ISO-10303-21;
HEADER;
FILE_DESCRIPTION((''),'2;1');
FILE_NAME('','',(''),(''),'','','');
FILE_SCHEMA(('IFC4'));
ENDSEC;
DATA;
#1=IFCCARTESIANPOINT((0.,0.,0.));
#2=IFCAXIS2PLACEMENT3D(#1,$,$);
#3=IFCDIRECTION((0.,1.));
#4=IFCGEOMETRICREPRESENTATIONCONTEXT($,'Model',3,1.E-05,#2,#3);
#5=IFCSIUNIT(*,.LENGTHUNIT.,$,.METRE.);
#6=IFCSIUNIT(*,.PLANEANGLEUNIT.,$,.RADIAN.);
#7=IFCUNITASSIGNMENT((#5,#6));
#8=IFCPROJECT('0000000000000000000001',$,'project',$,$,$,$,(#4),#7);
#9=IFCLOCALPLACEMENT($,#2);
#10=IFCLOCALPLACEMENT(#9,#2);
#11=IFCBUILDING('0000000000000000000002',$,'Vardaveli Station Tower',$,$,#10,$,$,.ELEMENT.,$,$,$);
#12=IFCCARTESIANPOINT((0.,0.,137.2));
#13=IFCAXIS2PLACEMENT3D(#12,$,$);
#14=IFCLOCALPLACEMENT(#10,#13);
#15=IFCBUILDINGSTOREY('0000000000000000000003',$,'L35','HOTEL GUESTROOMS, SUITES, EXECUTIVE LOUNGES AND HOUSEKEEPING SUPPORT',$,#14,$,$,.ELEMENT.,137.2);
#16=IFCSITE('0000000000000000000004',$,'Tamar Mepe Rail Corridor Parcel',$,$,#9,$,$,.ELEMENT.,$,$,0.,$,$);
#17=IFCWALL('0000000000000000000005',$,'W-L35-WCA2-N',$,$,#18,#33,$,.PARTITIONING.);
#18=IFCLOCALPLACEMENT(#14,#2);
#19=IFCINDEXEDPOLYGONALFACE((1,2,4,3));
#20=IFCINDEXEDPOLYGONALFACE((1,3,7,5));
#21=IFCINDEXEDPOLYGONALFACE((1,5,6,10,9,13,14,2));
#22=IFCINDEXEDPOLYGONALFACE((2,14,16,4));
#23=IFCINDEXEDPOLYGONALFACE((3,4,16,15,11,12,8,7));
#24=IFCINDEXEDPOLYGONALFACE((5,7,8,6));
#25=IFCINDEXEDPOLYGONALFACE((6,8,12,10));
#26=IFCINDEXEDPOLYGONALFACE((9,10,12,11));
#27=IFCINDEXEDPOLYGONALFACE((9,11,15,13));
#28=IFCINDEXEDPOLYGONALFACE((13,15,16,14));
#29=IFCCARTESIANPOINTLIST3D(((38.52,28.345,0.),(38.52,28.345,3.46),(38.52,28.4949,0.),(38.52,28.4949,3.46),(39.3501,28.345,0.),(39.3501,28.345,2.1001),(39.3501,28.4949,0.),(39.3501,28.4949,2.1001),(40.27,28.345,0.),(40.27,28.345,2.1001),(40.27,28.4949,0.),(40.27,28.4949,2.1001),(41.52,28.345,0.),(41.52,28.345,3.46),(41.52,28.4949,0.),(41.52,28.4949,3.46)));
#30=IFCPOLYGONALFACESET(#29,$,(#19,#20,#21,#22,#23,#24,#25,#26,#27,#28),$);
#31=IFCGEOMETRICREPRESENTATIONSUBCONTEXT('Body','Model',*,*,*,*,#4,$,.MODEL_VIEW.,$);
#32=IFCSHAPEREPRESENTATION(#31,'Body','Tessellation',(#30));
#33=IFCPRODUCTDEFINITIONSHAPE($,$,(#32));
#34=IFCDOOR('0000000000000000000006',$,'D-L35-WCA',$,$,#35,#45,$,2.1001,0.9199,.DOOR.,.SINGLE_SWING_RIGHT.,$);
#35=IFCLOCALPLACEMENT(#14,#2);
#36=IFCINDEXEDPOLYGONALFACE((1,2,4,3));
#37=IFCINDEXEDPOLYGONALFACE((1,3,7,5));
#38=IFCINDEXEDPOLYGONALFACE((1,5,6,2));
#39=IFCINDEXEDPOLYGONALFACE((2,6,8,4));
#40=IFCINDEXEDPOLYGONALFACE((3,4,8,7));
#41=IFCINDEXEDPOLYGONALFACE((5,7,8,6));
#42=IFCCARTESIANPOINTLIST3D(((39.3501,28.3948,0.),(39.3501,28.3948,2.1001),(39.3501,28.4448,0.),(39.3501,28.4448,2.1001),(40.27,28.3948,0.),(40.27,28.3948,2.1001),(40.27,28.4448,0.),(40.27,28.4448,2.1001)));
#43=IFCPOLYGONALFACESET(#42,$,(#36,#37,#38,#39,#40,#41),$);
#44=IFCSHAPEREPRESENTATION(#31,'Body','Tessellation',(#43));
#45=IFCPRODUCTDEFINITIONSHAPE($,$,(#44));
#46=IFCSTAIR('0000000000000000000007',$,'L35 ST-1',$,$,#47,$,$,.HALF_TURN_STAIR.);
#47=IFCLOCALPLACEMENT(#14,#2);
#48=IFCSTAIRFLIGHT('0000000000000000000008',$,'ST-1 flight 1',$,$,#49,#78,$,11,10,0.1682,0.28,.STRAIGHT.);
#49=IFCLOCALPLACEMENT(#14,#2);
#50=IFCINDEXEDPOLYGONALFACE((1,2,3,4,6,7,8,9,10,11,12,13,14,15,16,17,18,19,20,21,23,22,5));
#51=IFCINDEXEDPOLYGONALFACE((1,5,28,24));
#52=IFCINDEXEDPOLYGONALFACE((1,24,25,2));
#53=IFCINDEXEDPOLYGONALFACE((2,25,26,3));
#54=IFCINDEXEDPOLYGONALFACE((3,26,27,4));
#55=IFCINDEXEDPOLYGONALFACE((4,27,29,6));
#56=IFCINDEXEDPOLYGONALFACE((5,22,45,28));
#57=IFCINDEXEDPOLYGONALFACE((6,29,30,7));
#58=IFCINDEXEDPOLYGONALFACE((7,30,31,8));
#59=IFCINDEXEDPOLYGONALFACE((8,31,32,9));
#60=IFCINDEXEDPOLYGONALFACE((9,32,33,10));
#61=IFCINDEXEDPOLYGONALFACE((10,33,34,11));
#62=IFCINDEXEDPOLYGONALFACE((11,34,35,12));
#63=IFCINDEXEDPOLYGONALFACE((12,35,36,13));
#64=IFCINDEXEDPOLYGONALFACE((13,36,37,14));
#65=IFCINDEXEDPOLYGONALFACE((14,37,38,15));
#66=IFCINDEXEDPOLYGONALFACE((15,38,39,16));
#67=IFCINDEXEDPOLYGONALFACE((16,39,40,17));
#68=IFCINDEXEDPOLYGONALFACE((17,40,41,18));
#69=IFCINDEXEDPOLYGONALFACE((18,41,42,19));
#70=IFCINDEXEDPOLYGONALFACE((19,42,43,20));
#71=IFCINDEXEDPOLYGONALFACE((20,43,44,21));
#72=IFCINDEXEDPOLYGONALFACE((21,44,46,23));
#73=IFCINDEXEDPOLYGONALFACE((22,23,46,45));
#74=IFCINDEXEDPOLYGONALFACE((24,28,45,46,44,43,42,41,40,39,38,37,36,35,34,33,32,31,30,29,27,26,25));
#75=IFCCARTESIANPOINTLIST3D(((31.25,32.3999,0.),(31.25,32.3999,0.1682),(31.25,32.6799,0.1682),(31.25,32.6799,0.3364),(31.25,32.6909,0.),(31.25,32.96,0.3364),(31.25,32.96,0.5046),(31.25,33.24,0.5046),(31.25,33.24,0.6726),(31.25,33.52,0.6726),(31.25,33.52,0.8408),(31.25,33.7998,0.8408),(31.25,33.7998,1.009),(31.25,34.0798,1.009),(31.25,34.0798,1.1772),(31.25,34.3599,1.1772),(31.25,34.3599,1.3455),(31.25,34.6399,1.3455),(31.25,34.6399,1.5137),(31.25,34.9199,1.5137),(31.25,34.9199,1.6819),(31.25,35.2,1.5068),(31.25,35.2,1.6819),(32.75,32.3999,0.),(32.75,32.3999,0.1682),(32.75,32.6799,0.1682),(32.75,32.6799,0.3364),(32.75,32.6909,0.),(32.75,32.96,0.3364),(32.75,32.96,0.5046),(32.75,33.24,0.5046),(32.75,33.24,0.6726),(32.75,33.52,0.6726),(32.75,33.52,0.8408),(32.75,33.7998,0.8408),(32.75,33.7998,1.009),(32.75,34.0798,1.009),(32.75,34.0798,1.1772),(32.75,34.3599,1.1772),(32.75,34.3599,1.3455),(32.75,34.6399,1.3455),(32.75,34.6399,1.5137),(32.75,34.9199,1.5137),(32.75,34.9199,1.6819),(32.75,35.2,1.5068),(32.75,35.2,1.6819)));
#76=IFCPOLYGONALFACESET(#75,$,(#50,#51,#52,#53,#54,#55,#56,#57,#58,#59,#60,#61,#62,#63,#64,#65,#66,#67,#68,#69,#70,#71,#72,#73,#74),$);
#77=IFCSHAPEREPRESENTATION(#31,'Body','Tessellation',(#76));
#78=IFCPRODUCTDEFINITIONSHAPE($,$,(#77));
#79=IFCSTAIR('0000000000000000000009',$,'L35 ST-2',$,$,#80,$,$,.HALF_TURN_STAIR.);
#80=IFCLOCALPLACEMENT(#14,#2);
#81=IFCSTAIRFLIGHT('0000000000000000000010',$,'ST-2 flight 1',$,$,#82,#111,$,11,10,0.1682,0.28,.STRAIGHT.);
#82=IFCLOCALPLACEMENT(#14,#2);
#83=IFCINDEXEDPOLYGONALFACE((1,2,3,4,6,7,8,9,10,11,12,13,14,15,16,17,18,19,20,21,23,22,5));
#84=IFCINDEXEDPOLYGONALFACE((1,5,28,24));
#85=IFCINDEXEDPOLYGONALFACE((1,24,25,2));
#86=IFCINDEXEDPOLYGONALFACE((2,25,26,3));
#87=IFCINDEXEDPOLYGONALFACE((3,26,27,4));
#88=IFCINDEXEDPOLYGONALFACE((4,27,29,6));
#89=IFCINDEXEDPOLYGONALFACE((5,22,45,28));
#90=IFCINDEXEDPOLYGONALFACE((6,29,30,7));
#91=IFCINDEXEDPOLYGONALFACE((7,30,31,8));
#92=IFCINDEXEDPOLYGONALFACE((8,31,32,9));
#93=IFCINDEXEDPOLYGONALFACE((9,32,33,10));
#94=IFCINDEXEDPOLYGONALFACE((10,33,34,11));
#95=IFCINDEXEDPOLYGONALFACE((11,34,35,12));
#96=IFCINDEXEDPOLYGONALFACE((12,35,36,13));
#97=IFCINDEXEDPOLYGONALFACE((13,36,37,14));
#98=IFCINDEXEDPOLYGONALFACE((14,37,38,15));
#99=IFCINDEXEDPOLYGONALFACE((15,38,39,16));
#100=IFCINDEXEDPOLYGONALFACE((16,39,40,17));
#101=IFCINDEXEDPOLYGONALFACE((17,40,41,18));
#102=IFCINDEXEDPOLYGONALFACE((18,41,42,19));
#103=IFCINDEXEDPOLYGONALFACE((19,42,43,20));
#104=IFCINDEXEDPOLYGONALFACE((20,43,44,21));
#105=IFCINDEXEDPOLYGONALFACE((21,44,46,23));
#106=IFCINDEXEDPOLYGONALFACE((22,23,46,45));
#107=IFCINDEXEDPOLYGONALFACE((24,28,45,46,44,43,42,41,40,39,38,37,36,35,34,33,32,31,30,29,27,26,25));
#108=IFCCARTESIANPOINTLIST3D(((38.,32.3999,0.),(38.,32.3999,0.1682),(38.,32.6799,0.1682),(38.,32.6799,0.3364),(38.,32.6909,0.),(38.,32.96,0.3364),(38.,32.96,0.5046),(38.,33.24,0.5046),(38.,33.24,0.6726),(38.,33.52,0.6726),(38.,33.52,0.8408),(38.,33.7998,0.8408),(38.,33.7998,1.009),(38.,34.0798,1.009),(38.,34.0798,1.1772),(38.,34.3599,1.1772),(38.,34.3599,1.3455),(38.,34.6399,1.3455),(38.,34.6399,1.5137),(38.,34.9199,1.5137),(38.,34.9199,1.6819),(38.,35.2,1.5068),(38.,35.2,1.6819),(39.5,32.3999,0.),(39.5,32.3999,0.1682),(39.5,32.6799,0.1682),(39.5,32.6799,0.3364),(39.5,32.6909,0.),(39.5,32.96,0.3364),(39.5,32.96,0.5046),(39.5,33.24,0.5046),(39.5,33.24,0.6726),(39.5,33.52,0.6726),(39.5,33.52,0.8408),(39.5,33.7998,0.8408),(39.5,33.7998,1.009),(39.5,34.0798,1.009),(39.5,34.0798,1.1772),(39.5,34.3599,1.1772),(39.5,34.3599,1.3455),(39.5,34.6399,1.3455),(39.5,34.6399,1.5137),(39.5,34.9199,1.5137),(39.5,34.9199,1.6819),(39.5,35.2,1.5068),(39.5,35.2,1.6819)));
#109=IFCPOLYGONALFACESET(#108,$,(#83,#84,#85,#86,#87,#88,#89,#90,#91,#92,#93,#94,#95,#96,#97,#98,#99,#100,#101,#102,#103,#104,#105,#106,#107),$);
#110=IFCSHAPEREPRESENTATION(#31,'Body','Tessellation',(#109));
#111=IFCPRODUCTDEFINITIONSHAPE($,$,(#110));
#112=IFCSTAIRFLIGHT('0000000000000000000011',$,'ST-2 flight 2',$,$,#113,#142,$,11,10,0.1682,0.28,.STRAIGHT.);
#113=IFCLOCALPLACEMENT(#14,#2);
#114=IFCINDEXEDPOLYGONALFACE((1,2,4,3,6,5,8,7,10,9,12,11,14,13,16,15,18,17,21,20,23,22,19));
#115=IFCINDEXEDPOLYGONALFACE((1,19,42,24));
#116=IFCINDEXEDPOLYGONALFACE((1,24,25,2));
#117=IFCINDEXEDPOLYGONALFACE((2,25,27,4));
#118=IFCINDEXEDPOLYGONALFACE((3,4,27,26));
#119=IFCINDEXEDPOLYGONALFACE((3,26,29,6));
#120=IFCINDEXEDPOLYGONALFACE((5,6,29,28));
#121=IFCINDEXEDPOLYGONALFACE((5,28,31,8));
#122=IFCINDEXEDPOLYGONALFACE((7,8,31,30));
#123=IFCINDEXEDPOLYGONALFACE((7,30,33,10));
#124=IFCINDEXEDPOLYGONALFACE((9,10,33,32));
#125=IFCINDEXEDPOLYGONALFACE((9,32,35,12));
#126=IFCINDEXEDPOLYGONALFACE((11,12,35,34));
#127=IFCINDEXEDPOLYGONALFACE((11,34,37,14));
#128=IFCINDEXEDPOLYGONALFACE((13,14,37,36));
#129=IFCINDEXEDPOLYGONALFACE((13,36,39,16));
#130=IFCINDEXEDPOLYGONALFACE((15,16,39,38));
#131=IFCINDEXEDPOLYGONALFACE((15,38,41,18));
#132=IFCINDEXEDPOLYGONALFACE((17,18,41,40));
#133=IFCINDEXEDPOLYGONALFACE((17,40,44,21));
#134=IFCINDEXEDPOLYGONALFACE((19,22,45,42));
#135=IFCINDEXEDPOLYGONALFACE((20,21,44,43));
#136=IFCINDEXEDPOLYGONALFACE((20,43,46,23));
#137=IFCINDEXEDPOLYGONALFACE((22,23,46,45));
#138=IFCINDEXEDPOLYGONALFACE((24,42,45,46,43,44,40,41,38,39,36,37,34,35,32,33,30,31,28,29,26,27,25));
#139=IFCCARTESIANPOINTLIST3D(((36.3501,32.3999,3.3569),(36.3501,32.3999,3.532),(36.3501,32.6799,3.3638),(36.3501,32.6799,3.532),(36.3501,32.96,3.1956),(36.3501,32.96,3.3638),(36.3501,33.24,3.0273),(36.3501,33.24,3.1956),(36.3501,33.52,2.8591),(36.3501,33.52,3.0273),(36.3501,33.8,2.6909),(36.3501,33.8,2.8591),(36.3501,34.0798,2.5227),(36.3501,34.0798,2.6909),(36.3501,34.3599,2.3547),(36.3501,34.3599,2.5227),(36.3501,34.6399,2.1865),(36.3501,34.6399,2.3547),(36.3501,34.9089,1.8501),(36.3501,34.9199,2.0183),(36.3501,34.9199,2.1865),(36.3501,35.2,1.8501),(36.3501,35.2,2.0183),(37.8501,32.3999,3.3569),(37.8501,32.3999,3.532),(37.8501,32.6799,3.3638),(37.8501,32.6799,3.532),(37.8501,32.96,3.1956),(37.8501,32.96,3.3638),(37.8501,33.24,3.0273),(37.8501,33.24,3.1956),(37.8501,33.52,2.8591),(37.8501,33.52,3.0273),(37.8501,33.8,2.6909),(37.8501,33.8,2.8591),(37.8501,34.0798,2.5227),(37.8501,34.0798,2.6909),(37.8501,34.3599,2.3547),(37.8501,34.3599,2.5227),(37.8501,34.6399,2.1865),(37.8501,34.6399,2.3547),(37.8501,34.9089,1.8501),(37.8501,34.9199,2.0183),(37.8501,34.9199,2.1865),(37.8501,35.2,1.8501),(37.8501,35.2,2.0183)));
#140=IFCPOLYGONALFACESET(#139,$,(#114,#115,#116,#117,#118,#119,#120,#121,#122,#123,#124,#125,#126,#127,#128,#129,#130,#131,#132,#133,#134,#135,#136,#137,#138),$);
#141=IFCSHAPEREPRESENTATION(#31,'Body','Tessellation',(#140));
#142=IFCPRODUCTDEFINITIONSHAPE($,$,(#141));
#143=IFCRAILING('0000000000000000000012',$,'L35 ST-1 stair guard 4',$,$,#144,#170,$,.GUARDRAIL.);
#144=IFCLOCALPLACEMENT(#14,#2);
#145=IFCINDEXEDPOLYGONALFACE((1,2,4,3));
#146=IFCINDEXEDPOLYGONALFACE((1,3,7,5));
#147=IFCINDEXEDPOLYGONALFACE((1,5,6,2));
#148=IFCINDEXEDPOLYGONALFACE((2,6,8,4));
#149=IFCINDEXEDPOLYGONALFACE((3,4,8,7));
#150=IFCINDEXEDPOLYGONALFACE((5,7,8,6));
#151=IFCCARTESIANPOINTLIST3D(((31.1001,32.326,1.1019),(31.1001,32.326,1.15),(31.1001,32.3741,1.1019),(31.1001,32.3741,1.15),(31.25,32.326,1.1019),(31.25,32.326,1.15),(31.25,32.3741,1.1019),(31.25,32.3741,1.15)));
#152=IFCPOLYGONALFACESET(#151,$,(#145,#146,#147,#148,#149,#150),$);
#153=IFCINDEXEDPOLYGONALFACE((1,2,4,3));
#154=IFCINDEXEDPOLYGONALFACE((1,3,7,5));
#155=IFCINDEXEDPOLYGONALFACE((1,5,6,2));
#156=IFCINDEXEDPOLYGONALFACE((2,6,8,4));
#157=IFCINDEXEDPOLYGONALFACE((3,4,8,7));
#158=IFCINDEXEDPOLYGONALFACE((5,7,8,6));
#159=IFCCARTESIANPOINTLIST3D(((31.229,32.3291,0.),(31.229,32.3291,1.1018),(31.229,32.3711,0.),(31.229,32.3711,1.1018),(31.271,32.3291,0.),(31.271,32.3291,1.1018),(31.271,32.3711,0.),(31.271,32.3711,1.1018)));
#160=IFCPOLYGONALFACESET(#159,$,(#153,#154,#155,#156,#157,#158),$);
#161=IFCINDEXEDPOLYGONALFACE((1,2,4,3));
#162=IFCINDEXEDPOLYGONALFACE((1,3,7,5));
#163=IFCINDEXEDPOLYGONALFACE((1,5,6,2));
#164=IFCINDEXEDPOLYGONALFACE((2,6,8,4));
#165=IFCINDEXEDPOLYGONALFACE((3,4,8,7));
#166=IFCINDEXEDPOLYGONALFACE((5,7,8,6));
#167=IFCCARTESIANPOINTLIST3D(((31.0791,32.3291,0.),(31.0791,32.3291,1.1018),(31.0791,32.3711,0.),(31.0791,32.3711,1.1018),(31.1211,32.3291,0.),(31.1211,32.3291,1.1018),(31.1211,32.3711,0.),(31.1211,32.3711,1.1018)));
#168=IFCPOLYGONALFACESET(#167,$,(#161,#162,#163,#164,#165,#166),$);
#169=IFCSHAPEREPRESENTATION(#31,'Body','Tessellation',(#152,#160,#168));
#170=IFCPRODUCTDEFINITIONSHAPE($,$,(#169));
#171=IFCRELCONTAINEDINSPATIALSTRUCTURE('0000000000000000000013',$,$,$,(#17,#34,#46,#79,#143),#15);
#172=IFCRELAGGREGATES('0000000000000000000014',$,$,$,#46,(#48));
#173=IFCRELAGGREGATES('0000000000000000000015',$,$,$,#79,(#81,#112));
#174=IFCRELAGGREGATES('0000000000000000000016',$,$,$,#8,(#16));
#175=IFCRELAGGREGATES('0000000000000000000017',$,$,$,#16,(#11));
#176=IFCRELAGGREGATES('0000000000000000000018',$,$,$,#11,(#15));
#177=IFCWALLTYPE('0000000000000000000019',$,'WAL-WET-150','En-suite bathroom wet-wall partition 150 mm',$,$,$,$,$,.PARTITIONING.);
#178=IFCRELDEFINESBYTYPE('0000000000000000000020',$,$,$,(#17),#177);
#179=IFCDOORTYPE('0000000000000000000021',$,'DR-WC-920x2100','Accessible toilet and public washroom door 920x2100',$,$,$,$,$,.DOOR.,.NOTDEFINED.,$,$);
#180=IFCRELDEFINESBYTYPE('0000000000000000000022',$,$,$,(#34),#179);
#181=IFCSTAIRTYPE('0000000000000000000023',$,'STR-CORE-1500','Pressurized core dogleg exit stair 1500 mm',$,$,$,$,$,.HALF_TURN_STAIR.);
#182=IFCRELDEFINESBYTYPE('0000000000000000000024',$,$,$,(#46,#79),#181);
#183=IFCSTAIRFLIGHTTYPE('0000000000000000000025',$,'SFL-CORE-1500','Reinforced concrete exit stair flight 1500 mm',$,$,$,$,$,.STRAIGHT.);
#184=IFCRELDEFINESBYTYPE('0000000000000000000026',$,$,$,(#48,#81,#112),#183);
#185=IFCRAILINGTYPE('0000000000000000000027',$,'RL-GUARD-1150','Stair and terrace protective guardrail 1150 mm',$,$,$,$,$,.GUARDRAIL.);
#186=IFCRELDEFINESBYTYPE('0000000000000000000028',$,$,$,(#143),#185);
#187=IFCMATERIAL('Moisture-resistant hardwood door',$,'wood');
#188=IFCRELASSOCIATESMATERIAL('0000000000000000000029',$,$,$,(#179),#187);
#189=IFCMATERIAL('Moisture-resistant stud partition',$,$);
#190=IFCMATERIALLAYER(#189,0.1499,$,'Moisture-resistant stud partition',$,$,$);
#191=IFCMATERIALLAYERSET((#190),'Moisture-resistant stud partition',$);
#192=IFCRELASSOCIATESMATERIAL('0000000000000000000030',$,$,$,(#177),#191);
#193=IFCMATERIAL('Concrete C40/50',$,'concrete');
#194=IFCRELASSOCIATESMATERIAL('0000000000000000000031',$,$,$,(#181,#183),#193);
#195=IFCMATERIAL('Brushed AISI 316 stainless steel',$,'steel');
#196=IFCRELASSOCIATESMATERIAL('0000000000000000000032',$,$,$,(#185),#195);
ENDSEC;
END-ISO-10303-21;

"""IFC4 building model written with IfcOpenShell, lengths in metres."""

from ifc_helpers import new_model, si_unit, direction, frame, frame_2d, origin, origin_2d, place, context, subcontext, project, spatial, polyline, rectangle, outline, extrude, source, transform, mapped, material, layer, layer_set, type_object, element, fill, aggregate, save


model = new_model("IFC4")

# Units and contexts
model_context = context("Model", 3, precision=1e-05, world=origin(), true_north=direction((0.0, 1.0)))
body_context = subcontext(model_context, "Body", "Model", "MODEL_VIEW")
ifc_project = project(units=[si_unit("LENGTHUNIT", "METRE"), si_unit("PLANEANGLEUNIT", "RADIAN")], contexts=[model_context])

# Site, building, storey
site_placement = place(None, origin())
site = spatial("IfcSite", under=ifc_project, at=site_placement, Name="Tamar Mepe Rail Corridor Parcel", CompositionType="ELEMENT", RefElevation=0.0)
building_placement = place(site_placement, origin())
building = spatial("IfcBuilding", under=site, at=building_placement, Name="Vardaveli Station Tower", CompositionType="ELEMENT")
storey_placement = place(building_placement, frame((0.0, 0.0, 137.2)))
storey = spatial("IfcBuildingStorey", under=building, at=storey_placement, Name="L35", Description="HOTEL GUESTROOMS, SUITES, EXECUTIVE LOUNGES AND HOUSEKEEPING SUPPORT", CompositionType="ELEMENT", Elevation=137.2)

# Shared definitions
ifc_material_1 = material(Name="Concrete C40/50", Category="concrete")

# Wall, opening, door
ifc_material_2 = material(Name="Moisture-resistant hardwood door", Category="wood")
door_type_1 = type_object("IfcDoorType", Name="DR-WC-920x2100", Description="Accessible toilet and public washroom door 920x2100", OperationType="NOTDEFINED", PredefinedType="DOOR", material=ifc_material_2)
shared_shape_1 = source(origin(), body_context, "Body", "SweptSolid", [
    extrude(rectangle(XDim=0.9199, YDim=2.1001, at=frame_2d((0.46, 1.05))), frame((0.0, 0.0249, 0.0), z_axis=(0.0, -1.0, 0.0), x_axis=(1.0, 0.0, 0.0)), (0.0, 0.0, 1.0), 0.05),
])
ifc_material_3 = material(Name="Moisture-resistant stud partition")
ifc_layer_1 = layer(ifc_material_3, 0.1499, Name="Moisture-resistant stud partition")
ifc_layer_set_1 = layer_set([ifc_layer_1], Name="Moisture-resistant stud partition")
wall_type_1 = type_object("IfcWallType", Name="WAL-WET-150", Description="En-suite bathroom wet-wall partition 150 mm", PredefinedType="PARTITIONING", material=ifc_layer_set_1)
shared_shape_2 = source(origin(), body_context, "Body", "SweptSolid", [
    extrude(rectangle(XDim=3.0, YDim=0.1499, at=frame_2d((1.5, 0.0))), origin(), (0.0, 0.0, 1.0), 3.46),
])
wall_1_placement = place(storey_placement, frame((38.52, 28.4199, 0.0), z_axis=(0.0, 0.0, 1.0), x_axis=(1.0, 0.0, 0.0)))
wall_1 = element("IfcWall", 1, at=wall_1_placement, inside=storey, type_object=wall_type_1, Name="W-L35-WCA2-N", PredefinedType="PARTITIONING", context=body_context, shape_type="MappedRepresentation", body=[
    mapped(shared_shape_2, transform((0.0, 0.0, 0.0), scale=1.0)),
])
shared_shape_3 = source(origin(), body_context, "Body", "SweptSolid", [
    extrude(rectangle(XDim=0.9199, YDim=2.1001, at=frame_2d((0.46, 1.05))), frame((0.0, 0.085, 0.0), z_axis=(0.0, -1.0, 0.0), x_axis=(1.0, 0.0, 0.0)), (0.0, 0.0, 1.0), 0.1699),
])
opening_1_placement = place(wall_1_placement, frame((0.8301, 0.0, 0.0)))
opening_1 = element("IfcOpeningElement", 2, at=opening_1_placement, cuts=wall_1, PredefinedType="OPENING", context=body_context, shape_type="MappedRepresentation", body=[
    mapped(shared_shape_3, transform((0.0, 0.0, 0.0), scale=1.0)),
])
door_1_placement = place(opening_1_placement, origin())
door_1 = element("IfcDoor", 3, at=door_1_placement, inside=storey, type_object=door_type_1, Name="D-L35-WCA", OperationType="SINGLE_SWING_RIGHT", OverallHeight=2.1001, OverallWidth=0.9199, PredefinedType="DOOR", context=body_context, shape_type="MappedRepresentation", body=[
    mapped(shared_shape_1, transform((0.0, 0.0, 0.0), scale=1.0)),
])
fill(opening_1, door_1)

# Stair, stair flight
stair_type = type_object("IfcStairType", Name="STR-CORE-1500", Description="Pressurized core dogleg exit stair 1500 mm", PredefinedType="HALF_TURN_STAIR", material=ifc_material_1)
stair_1_placement = place(storey_placement, origin())
stair_1 = element("IfcStair", 4, at=stair_1_placement, inside=storey, type_object=stair_type, Name="L35 ST-1", PredefinedType="HALF_TURN_STAIR")
stair_flight_type = type_object("IfcStairFlightType", Name="SFL-CORE-1500", Description="Reinforced concrete exit stair flight 1500 mm", PredefinedType="STRAIGHT", material=ifc_material_1)
shared_shape_4 = source(origin(), body_context, "Body", "SweptSolid", [
    extrude(outline(polyline([(0.0, 0.0), (0.0, 0.1682), (0.28, 0.1682), (0.28, 0.3364), (0.5601, 0.3364), (0.5601, 0.5046), (0.8401, 0.5046), (0.8401, 0.6726), (1.1201, 0.6726), (1.1201, 0.8408), (1.3999, 0.8408), (1.3999, 1.009), (1.6799, 1.009), (1.6799, 1.1772), (1.96, 1.1772), (1.96, 1.3455), (2.24, 1.3455), (2.24, 1.5137), (2.52, 1.5137), (2.52, 1.6819), (2.8, 1.6819), (2.8, 1.8501), (2.8, 1.5068), (0.291, 0.0), (0.0, 0.0)])), frame((0.0, 0.75, 0.0), z_axis=(0.0, -1.0, 0.0), x_axis=(1.0, 0.0, 0.0)), (0.0, 0.0, 1.0), 1.5),
])
stair_flight_1_placement = place(storey_placement, frame((32.0, 32.3999, 0.0), z_axis=(0.0, 0.0, 1.0), x_axis=(0.0, 1.0, 0.0)))
stair_flight_1 = element("IfcStairFlight", 5, at=stair_flight_1_placement, type_object=stair_flight_type, Name="ST-1 flight 1", NumberOfRisers=11, NumberOfTreads=10, PredefinedType="STRAIGHT", RiserHeight=0.1682, TreadLength=0.28, context=body_context, shape_type="MappedRepresentation", body=[
    mapped(shared_shape_4, transform((0.0, 0.0, 0.0), scale=1.0)),
])
aggregate(stair_1, [stair_flight_1])

# Stair, stair flights
stair_2_placement = place(storey_placement, origin())
stair_2 = element("IfcStair", 6, at=stair_2_placement, inside=storey, type_object=stair_type, Name="L35 ST-2", PredefinedType="HALF_TURN_STAIR")
stair_flight_2_placement = place(storey_placement, frame((38.75, 32.3999, 0.0), z_axis=(0.0, 0.0, 1.0), x_axis=(0.0, 1.0, 0.0)))
stair_flight_2 = element("IfcStairFlight", 7, at=stair_flight_2_placement, type_object=stair_flight_type, Name="ST-2 flight 1", NumberOfRisers=11, NumberOfTreads=10, PredefinedType="STRAIGHT", RiserHeight=0.1682, TreadLength=0.28, context=body_context, shape_type="MappedRepresentation", body=[
    mapped(shared_shape_4, transform((0.0, 0.0, 0.0), scale=1.0)),
])
stair_flight_3_placement = place(storey_placement, frame((37.1001, 35.2, 1.8501), z_axis=(0.0, 0.0, 1.0), x_axis=(0.0, -1.0, 0.0)))
stair_flight_3 = element("IfcStairFlight", 8, at=stair_flight_3_placement, type_object=stair_flight_type, Name="ST-2 flight 2", NumberOfRisers=11, NumberOfTreads=10, PredefinedType="STRAIGHT", RiserHeight=0.1682, TreadLength=0.28, context=body_context, shape_type="MappedRepresentation", body=[
    mapped(shared_shape_4, transform((0.0, 0.0, 0.0), scale=1.0)),
])
aggregate(stair_2, [stair_flight_2, stair_flight_3])

# Railing
ifc_material_4 = material(Name="Brushed AISI 316 stainless steel", Category="steel")
railing_type_1 = type_object("IfcRailingType", Name="RL-GUARD-1150", Description="Stair and terrace protective guardrail 1150 mm", PredefinedType="GUARDRAIL", material=ifc_material_4)
shared_shape_5 = source(origin(), body_context, "Body", "SweptSolid", [
    extrude(rectangle(XDim=0.0481, YDim=0.0481, at=origin_2d()), frame((0.0, 0.0, 1.126), z_axis=(-1.0, 0.0, 0.0), x_axis=(0.0, -1.0, 0.0)), (0.0, 0.0, 1.0), 0.1499),
    extrude(rectangle(XDim=0.042, YDim=0.042, at=origin_2d()), origin(), (0.0, 0.0, 1.0), 1.1018),
    extrude(rectangle(XDim=0.042, YDim=0.042, at=origin_2d()), frame((-0.1499, 0.0, 0.0)), (0.0, 0.0, 1.0), 1.1018),
])
for number, where, name in (
    (9, (31.25, 32.3501, 0.0), "L35 ST-1 stair guard 4"),
):
    element("IfcRailing", number, at=place(storey_placement, frame(where)), inside=storey, type_object=railing_type_1, Name=name, PredefinedType="GUARDRAIL", context=body_context, shape_type="MappedRepresentation", body=[
        mapped(shared_shape_5, transform((0.0, 0.0, 0.0), scale=1.0)),
    ])

save(model, "model.ifc")
